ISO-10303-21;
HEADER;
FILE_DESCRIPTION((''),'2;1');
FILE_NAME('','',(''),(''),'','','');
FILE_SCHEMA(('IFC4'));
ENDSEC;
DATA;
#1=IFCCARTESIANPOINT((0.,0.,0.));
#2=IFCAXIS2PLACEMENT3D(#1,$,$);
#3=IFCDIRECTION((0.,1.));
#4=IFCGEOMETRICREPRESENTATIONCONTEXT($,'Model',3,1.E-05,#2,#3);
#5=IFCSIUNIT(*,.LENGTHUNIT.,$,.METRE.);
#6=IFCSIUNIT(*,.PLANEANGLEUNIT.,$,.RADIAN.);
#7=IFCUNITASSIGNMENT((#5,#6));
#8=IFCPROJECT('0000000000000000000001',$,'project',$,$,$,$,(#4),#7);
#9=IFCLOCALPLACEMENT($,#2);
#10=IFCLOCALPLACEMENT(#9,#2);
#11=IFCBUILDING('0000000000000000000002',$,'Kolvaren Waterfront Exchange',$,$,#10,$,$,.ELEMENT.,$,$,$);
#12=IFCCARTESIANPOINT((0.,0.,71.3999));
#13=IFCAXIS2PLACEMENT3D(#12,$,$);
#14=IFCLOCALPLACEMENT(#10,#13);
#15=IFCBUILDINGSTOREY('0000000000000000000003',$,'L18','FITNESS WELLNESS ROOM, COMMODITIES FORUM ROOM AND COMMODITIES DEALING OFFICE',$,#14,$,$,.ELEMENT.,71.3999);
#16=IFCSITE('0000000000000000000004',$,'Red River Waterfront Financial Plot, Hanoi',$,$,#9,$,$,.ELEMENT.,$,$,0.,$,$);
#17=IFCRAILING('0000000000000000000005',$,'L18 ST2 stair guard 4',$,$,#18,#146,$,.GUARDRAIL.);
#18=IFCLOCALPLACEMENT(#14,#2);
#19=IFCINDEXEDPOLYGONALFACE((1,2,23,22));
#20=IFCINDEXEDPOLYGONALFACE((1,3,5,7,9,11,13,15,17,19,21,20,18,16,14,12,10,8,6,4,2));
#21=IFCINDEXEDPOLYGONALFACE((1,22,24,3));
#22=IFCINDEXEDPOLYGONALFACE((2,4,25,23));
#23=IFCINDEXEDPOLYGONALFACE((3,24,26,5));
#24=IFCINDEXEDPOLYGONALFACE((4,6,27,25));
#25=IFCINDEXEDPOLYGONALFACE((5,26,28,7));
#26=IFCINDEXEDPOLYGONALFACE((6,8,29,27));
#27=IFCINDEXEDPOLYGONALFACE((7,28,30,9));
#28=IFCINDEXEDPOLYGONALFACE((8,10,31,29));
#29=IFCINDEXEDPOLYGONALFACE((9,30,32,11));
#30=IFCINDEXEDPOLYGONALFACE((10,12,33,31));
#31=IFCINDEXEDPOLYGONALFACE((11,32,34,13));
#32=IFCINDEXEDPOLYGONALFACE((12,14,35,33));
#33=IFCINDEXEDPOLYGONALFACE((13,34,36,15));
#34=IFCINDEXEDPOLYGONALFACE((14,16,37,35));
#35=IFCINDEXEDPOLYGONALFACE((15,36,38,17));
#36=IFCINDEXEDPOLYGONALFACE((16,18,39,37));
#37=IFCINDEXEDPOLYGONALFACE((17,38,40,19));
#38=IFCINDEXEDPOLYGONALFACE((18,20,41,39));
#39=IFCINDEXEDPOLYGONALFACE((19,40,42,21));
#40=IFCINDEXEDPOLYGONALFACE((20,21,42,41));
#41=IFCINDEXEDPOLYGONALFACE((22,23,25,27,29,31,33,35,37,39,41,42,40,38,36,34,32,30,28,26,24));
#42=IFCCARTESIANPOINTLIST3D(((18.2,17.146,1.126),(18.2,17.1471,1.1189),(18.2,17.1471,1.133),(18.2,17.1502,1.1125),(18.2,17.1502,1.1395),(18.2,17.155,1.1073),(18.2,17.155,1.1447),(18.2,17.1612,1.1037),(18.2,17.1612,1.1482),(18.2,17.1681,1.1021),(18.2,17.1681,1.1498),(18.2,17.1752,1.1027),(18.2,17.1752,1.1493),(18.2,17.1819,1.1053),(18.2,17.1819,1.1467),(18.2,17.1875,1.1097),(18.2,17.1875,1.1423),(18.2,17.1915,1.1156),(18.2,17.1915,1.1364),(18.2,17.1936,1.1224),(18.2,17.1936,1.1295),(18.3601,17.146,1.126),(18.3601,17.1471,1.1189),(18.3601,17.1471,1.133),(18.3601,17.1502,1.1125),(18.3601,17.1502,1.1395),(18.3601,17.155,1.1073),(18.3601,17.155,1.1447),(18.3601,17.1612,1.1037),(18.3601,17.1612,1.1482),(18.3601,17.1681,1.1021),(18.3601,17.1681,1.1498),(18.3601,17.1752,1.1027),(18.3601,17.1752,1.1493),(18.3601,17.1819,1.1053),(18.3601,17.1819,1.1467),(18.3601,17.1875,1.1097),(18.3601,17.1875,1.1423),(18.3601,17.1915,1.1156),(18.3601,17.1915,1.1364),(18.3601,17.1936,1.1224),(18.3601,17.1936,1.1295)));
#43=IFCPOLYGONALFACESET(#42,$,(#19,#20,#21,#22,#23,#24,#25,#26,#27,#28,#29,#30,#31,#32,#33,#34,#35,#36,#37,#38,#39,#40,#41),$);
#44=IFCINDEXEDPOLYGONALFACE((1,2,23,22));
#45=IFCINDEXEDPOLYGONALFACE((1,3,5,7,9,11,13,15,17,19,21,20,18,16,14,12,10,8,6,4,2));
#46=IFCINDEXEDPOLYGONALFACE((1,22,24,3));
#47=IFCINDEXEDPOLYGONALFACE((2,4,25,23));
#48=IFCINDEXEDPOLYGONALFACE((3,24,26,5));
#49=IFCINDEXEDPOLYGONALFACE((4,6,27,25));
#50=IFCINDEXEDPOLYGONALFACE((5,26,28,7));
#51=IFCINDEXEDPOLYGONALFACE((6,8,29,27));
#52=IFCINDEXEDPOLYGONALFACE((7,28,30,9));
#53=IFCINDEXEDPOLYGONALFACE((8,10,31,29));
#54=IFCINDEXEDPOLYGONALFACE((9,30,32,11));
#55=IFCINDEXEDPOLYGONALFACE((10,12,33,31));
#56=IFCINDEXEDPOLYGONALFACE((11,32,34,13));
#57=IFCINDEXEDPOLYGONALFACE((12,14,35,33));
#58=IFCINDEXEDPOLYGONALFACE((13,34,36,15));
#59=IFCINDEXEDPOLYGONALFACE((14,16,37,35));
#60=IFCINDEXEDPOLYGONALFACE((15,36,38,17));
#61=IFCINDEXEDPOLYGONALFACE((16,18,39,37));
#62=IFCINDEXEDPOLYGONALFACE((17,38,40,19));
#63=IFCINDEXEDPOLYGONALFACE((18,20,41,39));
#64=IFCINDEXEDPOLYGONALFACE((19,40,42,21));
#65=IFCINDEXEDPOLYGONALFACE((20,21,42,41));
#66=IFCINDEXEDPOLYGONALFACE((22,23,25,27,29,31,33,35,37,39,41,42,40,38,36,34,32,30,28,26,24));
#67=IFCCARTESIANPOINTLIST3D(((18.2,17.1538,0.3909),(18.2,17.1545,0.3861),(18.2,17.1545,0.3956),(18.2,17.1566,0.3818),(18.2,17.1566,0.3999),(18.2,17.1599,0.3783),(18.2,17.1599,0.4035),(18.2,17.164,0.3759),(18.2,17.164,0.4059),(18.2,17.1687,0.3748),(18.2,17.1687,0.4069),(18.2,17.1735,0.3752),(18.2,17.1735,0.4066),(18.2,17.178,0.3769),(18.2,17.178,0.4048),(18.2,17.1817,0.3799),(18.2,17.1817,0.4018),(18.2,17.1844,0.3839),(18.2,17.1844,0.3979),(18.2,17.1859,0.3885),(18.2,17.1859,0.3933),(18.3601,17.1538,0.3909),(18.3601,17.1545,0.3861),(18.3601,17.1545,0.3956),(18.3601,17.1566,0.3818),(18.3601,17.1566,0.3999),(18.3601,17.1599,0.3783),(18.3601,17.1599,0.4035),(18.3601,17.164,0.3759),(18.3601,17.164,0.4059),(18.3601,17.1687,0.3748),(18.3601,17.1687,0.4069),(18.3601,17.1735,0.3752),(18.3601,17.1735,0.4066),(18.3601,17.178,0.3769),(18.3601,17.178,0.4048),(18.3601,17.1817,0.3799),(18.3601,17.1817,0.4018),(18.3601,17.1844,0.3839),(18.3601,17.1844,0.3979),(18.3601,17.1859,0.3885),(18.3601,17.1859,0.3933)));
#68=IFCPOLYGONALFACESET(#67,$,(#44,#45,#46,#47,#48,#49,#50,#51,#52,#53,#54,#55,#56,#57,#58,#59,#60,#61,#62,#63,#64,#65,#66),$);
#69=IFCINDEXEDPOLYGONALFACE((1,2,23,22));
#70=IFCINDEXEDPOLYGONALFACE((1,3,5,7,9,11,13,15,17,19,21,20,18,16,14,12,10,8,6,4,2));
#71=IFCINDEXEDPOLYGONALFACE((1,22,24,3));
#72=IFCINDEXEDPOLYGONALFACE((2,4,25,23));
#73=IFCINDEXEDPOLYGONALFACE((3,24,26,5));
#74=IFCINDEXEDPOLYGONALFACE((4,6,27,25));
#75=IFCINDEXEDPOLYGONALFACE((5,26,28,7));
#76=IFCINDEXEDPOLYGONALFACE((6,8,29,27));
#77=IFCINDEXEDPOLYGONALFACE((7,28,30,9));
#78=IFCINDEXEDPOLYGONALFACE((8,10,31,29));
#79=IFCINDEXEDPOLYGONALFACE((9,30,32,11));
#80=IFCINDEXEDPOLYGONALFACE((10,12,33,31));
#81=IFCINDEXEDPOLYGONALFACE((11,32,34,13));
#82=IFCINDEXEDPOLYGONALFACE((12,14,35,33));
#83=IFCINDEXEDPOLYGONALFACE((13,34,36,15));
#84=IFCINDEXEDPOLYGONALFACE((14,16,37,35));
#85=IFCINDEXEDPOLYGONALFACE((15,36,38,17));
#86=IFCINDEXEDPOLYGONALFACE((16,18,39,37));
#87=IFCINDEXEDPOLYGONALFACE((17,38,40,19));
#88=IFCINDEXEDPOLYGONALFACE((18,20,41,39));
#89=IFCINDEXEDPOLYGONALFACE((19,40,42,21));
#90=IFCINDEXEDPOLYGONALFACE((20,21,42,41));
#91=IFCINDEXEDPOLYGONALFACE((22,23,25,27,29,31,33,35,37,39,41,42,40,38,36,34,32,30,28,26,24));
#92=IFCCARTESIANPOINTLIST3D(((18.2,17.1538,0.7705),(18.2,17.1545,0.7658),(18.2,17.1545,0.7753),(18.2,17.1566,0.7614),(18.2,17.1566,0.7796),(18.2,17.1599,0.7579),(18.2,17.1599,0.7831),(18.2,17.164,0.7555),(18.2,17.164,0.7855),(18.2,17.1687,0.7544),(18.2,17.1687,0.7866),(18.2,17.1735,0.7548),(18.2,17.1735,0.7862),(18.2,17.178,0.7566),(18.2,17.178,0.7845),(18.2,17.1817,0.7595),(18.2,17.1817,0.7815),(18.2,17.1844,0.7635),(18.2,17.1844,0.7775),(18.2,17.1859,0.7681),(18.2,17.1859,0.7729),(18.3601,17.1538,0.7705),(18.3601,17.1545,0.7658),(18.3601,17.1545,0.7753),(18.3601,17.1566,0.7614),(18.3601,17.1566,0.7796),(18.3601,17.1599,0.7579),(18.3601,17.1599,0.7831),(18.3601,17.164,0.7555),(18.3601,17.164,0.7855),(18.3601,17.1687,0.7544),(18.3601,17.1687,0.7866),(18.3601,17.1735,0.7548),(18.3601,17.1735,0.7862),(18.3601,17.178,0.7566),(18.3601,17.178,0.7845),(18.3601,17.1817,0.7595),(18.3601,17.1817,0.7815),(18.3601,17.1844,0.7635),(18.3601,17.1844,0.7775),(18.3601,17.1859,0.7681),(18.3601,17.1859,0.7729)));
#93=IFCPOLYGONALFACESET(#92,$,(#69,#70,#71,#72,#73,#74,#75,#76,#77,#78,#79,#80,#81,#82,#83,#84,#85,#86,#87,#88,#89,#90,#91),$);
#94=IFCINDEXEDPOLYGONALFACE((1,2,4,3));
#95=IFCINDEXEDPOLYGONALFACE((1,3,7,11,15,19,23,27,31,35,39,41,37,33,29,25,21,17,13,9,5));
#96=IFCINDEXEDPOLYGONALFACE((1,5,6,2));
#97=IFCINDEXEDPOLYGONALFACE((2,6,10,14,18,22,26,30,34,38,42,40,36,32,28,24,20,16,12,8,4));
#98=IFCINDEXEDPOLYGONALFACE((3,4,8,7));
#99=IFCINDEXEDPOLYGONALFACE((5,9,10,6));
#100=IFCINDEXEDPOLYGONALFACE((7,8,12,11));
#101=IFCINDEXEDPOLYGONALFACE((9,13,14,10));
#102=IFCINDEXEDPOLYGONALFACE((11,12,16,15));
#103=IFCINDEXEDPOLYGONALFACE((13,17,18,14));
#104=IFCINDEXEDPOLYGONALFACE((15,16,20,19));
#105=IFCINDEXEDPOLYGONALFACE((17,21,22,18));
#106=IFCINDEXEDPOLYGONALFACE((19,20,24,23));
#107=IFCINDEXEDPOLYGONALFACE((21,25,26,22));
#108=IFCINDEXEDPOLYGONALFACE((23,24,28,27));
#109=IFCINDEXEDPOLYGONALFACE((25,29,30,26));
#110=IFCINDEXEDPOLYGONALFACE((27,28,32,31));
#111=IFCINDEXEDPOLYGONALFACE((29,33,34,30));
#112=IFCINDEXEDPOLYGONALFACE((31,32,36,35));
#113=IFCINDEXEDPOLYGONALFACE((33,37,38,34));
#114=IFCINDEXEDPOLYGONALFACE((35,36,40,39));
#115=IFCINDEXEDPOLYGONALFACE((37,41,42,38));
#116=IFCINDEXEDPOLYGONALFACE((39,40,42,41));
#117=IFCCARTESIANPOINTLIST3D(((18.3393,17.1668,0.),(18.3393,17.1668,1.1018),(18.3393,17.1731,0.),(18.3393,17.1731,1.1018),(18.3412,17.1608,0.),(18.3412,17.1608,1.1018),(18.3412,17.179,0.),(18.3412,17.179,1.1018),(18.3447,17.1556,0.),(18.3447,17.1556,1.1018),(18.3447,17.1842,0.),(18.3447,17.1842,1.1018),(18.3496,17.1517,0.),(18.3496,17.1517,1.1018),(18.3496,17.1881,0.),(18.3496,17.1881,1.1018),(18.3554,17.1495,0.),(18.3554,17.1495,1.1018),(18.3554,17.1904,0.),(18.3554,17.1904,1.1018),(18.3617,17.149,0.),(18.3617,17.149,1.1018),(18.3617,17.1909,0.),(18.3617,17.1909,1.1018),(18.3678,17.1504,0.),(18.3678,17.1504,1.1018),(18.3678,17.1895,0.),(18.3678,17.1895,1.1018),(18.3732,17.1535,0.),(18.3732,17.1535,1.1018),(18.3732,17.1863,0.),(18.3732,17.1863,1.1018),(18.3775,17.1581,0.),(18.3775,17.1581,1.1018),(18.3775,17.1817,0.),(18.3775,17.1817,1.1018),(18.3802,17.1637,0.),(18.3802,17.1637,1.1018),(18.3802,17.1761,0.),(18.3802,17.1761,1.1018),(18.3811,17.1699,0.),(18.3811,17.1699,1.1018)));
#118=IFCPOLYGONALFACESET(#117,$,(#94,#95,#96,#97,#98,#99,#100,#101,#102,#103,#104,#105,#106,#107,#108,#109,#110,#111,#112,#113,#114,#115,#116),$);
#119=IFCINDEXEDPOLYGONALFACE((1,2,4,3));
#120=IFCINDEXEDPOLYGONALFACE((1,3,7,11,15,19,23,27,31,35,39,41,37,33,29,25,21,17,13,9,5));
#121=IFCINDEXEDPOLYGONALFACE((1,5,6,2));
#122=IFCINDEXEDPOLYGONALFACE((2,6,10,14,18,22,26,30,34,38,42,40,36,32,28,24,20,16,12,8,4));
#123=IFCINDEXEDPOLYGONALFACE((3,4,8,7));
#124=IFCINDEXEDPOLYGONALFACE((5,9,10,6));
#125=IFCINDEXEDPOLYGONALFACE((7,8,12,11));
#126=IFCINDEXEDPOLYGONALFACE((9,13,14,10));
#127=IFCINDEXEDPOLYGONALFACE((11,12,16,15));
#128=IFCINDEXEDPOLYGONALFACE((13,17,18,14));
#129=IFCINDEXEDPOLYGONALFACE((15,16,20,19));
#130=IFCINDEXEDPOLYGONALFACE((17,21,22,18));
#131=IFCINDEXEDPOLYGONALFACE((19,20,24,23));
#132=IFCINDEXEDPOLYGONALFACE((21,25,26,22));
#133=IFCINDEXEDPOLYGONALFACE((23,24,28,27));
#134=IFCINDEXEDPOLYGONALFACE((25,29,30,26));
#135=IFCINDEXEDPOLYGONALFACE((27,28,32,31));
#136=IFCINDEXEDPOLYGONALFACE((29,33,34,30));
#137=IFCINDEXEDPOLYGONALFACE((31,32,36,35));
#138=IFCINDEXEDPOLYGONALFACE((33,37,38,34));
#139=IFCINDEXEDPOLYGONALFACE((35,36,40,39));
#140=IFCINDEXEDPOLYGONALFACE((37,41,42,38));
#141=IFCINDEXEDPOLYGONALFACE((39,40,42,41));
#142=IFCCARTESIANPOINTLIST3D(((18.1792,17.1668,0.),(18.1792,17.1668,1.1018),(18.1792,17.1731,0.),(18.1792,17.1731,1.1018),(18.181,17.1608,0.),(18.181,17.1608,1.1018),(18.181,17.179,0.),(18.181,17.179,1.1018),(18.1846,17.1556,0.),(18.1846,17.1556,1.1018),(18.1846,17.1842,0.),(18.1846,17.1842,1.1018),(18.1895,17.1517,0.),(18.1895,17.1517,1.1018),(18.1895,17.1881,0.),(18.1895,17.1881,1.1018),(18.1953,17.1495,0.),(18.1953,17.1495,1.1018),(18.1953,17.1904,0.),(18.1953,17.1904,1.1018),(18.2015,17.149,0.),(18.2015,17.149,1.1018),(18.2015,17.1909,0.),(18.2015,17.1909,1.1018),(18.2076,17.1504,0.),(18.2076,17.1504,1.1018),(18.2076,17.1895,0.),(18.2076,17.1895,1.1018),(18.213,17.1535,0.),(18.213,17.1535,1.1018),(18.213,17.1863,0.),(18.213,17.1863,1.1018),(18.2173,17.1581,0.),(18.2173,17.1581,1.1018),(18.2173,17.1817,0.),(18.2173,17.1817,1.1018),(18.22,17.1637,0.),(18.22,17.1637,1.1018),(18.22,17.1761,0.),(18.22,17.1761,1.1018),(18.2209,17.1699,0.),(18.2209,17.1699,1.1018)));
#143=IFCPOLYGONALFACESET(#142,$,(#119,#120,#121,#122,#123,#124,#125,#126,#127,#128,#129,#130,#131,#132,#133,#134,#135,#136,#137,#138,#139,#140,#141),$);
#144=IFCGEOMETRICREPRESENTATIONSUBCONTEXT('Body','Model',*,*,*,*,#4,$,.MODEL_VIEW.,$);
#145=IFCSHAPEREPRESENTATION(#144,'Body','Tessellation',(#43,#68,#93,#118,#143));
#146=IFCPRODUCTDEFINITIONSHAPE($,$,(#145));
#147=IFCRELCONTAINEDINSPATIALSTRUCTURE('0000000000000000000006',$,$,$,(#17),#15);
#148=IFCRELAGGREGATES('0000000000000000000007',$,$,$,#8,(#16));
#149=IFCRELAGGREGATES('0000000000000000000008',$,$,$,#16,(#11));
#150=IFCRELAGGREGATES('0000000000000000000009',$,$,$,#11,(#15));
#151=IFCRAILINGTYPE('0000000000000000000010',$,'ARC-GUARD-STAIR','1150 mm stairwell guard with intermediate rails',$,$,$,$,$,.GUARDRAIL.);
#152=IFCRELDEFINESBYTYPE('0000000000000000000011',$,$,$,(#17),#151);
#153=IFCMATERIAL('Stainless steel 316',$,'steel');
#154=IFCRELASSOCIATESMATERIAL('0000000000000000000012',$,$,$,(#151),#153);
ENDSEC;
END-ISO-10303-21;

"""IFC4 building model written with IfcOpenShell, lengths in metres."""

from ifc_helpers import new_model, si_unit, direction, frame, origin, origin_2d, place, context, subcontext, project, spatial, circle, extrude, material, type_object, element, save


model = new_model("IFC4")

# Units and contexts
model_context = context("Model", 3, precision=1e-05, world=origin(), true_north=direction((0.0, 1.0)))
body_context = subcontext(model_context, "Body", "Model", "MODEL_VIEW")
ifc_project = project(units=[si_unit("LENGTHUNIT", "METRE"), si_unit("PLANEANGLEUNIT", "RADIAN")], contexts=[model_context])

# Site, building, storey
site_placement = place(None, origin())
site = spatial("IfcSite", under=ifc_project, at=site_placement, Name="Red River Waterfront Financial Plot, Hanoi", CompositionType="ELEMENT", RefElevation=0.0)
building_placement = place(site_placement, origin())
building = spatial("IfcBuilding", under=site, at=building_placement, Name="Kolvaren Waterfront Exchange", CompositionType="ELEMENT")
storey_placement = place(building_placement, frame((0.0, 0.0, 71.3999)))
storey = spatial("IfcBuildingStorey", under=building, at=storey_placement, Name="L18", Description="FITNESS WELLNESS ROOM, COMMODITIES FORUM ROOM AND COMMODITIES DEALING OFFICE", CompositionType="ELEMENT", Elevation=71.3999)

# Railing
ifc_material_1 = material(Name="Stainless steel 316", Category="steel")
railing_type_1 = type_object("IfcRailingType", Name="ARC-GUARD-STAIR", Description="1150 mm stairwell guard with intermediate rails", PredefinedType="GUARDRAIL", material=ifc_material_1)
railing_1_placement = place(storey_placement, frame((18.3601, 17.1699, 0.0)))
element("IfcRailing", 1, at=railing_1_placement, inside=storey, type_object=railing_type_1, Name="L18 ST2 stair guard 4", PredefinedType="GUARDRAIL", context=body_context, shape_type="SweptSolid", body=[
    extrude(circle(Radius=0.0239, at=origin_2d()), frame((0.0, 0.0, 1.126), z_axis=(-1.0, 0.0, 0.0), x_axis=(0.0, -1.0, 0.0)), (0.0, 0.0, 1.0), 0.1602),
    extrude(circle(Radius=0.0161, at=origin_2d()), frame((0.0, 0.0, 0.3909), z_axis=(-1.0, 0.0, 0.0), x_axis=(0.0, -1.0, 0.0)), (0.0, 0.0, 1.0), 0.1602),
    extrude(circle(Radius=0.0161, at=origin_2d()), frame((0.0, 0.0, 0.7705), z_axis=(-1.0, 0.0, 0.0), x_axis=(0.0, -1.0, 0.0)), (0.0, 0.0, 1.0), 0.1602),
    extrude(circle(Radius=0.021, at=origin_2d()), origin(), (0.0, 0.0, 1.0), 1.1018),
    extrude(circle(Radius=0.021, at=origin_2d()), frame((-0.1602, 0.0, 0.0)), (0.0, 0.0, 1.0), 1.1018),
])

save(model, "model.ifc")
